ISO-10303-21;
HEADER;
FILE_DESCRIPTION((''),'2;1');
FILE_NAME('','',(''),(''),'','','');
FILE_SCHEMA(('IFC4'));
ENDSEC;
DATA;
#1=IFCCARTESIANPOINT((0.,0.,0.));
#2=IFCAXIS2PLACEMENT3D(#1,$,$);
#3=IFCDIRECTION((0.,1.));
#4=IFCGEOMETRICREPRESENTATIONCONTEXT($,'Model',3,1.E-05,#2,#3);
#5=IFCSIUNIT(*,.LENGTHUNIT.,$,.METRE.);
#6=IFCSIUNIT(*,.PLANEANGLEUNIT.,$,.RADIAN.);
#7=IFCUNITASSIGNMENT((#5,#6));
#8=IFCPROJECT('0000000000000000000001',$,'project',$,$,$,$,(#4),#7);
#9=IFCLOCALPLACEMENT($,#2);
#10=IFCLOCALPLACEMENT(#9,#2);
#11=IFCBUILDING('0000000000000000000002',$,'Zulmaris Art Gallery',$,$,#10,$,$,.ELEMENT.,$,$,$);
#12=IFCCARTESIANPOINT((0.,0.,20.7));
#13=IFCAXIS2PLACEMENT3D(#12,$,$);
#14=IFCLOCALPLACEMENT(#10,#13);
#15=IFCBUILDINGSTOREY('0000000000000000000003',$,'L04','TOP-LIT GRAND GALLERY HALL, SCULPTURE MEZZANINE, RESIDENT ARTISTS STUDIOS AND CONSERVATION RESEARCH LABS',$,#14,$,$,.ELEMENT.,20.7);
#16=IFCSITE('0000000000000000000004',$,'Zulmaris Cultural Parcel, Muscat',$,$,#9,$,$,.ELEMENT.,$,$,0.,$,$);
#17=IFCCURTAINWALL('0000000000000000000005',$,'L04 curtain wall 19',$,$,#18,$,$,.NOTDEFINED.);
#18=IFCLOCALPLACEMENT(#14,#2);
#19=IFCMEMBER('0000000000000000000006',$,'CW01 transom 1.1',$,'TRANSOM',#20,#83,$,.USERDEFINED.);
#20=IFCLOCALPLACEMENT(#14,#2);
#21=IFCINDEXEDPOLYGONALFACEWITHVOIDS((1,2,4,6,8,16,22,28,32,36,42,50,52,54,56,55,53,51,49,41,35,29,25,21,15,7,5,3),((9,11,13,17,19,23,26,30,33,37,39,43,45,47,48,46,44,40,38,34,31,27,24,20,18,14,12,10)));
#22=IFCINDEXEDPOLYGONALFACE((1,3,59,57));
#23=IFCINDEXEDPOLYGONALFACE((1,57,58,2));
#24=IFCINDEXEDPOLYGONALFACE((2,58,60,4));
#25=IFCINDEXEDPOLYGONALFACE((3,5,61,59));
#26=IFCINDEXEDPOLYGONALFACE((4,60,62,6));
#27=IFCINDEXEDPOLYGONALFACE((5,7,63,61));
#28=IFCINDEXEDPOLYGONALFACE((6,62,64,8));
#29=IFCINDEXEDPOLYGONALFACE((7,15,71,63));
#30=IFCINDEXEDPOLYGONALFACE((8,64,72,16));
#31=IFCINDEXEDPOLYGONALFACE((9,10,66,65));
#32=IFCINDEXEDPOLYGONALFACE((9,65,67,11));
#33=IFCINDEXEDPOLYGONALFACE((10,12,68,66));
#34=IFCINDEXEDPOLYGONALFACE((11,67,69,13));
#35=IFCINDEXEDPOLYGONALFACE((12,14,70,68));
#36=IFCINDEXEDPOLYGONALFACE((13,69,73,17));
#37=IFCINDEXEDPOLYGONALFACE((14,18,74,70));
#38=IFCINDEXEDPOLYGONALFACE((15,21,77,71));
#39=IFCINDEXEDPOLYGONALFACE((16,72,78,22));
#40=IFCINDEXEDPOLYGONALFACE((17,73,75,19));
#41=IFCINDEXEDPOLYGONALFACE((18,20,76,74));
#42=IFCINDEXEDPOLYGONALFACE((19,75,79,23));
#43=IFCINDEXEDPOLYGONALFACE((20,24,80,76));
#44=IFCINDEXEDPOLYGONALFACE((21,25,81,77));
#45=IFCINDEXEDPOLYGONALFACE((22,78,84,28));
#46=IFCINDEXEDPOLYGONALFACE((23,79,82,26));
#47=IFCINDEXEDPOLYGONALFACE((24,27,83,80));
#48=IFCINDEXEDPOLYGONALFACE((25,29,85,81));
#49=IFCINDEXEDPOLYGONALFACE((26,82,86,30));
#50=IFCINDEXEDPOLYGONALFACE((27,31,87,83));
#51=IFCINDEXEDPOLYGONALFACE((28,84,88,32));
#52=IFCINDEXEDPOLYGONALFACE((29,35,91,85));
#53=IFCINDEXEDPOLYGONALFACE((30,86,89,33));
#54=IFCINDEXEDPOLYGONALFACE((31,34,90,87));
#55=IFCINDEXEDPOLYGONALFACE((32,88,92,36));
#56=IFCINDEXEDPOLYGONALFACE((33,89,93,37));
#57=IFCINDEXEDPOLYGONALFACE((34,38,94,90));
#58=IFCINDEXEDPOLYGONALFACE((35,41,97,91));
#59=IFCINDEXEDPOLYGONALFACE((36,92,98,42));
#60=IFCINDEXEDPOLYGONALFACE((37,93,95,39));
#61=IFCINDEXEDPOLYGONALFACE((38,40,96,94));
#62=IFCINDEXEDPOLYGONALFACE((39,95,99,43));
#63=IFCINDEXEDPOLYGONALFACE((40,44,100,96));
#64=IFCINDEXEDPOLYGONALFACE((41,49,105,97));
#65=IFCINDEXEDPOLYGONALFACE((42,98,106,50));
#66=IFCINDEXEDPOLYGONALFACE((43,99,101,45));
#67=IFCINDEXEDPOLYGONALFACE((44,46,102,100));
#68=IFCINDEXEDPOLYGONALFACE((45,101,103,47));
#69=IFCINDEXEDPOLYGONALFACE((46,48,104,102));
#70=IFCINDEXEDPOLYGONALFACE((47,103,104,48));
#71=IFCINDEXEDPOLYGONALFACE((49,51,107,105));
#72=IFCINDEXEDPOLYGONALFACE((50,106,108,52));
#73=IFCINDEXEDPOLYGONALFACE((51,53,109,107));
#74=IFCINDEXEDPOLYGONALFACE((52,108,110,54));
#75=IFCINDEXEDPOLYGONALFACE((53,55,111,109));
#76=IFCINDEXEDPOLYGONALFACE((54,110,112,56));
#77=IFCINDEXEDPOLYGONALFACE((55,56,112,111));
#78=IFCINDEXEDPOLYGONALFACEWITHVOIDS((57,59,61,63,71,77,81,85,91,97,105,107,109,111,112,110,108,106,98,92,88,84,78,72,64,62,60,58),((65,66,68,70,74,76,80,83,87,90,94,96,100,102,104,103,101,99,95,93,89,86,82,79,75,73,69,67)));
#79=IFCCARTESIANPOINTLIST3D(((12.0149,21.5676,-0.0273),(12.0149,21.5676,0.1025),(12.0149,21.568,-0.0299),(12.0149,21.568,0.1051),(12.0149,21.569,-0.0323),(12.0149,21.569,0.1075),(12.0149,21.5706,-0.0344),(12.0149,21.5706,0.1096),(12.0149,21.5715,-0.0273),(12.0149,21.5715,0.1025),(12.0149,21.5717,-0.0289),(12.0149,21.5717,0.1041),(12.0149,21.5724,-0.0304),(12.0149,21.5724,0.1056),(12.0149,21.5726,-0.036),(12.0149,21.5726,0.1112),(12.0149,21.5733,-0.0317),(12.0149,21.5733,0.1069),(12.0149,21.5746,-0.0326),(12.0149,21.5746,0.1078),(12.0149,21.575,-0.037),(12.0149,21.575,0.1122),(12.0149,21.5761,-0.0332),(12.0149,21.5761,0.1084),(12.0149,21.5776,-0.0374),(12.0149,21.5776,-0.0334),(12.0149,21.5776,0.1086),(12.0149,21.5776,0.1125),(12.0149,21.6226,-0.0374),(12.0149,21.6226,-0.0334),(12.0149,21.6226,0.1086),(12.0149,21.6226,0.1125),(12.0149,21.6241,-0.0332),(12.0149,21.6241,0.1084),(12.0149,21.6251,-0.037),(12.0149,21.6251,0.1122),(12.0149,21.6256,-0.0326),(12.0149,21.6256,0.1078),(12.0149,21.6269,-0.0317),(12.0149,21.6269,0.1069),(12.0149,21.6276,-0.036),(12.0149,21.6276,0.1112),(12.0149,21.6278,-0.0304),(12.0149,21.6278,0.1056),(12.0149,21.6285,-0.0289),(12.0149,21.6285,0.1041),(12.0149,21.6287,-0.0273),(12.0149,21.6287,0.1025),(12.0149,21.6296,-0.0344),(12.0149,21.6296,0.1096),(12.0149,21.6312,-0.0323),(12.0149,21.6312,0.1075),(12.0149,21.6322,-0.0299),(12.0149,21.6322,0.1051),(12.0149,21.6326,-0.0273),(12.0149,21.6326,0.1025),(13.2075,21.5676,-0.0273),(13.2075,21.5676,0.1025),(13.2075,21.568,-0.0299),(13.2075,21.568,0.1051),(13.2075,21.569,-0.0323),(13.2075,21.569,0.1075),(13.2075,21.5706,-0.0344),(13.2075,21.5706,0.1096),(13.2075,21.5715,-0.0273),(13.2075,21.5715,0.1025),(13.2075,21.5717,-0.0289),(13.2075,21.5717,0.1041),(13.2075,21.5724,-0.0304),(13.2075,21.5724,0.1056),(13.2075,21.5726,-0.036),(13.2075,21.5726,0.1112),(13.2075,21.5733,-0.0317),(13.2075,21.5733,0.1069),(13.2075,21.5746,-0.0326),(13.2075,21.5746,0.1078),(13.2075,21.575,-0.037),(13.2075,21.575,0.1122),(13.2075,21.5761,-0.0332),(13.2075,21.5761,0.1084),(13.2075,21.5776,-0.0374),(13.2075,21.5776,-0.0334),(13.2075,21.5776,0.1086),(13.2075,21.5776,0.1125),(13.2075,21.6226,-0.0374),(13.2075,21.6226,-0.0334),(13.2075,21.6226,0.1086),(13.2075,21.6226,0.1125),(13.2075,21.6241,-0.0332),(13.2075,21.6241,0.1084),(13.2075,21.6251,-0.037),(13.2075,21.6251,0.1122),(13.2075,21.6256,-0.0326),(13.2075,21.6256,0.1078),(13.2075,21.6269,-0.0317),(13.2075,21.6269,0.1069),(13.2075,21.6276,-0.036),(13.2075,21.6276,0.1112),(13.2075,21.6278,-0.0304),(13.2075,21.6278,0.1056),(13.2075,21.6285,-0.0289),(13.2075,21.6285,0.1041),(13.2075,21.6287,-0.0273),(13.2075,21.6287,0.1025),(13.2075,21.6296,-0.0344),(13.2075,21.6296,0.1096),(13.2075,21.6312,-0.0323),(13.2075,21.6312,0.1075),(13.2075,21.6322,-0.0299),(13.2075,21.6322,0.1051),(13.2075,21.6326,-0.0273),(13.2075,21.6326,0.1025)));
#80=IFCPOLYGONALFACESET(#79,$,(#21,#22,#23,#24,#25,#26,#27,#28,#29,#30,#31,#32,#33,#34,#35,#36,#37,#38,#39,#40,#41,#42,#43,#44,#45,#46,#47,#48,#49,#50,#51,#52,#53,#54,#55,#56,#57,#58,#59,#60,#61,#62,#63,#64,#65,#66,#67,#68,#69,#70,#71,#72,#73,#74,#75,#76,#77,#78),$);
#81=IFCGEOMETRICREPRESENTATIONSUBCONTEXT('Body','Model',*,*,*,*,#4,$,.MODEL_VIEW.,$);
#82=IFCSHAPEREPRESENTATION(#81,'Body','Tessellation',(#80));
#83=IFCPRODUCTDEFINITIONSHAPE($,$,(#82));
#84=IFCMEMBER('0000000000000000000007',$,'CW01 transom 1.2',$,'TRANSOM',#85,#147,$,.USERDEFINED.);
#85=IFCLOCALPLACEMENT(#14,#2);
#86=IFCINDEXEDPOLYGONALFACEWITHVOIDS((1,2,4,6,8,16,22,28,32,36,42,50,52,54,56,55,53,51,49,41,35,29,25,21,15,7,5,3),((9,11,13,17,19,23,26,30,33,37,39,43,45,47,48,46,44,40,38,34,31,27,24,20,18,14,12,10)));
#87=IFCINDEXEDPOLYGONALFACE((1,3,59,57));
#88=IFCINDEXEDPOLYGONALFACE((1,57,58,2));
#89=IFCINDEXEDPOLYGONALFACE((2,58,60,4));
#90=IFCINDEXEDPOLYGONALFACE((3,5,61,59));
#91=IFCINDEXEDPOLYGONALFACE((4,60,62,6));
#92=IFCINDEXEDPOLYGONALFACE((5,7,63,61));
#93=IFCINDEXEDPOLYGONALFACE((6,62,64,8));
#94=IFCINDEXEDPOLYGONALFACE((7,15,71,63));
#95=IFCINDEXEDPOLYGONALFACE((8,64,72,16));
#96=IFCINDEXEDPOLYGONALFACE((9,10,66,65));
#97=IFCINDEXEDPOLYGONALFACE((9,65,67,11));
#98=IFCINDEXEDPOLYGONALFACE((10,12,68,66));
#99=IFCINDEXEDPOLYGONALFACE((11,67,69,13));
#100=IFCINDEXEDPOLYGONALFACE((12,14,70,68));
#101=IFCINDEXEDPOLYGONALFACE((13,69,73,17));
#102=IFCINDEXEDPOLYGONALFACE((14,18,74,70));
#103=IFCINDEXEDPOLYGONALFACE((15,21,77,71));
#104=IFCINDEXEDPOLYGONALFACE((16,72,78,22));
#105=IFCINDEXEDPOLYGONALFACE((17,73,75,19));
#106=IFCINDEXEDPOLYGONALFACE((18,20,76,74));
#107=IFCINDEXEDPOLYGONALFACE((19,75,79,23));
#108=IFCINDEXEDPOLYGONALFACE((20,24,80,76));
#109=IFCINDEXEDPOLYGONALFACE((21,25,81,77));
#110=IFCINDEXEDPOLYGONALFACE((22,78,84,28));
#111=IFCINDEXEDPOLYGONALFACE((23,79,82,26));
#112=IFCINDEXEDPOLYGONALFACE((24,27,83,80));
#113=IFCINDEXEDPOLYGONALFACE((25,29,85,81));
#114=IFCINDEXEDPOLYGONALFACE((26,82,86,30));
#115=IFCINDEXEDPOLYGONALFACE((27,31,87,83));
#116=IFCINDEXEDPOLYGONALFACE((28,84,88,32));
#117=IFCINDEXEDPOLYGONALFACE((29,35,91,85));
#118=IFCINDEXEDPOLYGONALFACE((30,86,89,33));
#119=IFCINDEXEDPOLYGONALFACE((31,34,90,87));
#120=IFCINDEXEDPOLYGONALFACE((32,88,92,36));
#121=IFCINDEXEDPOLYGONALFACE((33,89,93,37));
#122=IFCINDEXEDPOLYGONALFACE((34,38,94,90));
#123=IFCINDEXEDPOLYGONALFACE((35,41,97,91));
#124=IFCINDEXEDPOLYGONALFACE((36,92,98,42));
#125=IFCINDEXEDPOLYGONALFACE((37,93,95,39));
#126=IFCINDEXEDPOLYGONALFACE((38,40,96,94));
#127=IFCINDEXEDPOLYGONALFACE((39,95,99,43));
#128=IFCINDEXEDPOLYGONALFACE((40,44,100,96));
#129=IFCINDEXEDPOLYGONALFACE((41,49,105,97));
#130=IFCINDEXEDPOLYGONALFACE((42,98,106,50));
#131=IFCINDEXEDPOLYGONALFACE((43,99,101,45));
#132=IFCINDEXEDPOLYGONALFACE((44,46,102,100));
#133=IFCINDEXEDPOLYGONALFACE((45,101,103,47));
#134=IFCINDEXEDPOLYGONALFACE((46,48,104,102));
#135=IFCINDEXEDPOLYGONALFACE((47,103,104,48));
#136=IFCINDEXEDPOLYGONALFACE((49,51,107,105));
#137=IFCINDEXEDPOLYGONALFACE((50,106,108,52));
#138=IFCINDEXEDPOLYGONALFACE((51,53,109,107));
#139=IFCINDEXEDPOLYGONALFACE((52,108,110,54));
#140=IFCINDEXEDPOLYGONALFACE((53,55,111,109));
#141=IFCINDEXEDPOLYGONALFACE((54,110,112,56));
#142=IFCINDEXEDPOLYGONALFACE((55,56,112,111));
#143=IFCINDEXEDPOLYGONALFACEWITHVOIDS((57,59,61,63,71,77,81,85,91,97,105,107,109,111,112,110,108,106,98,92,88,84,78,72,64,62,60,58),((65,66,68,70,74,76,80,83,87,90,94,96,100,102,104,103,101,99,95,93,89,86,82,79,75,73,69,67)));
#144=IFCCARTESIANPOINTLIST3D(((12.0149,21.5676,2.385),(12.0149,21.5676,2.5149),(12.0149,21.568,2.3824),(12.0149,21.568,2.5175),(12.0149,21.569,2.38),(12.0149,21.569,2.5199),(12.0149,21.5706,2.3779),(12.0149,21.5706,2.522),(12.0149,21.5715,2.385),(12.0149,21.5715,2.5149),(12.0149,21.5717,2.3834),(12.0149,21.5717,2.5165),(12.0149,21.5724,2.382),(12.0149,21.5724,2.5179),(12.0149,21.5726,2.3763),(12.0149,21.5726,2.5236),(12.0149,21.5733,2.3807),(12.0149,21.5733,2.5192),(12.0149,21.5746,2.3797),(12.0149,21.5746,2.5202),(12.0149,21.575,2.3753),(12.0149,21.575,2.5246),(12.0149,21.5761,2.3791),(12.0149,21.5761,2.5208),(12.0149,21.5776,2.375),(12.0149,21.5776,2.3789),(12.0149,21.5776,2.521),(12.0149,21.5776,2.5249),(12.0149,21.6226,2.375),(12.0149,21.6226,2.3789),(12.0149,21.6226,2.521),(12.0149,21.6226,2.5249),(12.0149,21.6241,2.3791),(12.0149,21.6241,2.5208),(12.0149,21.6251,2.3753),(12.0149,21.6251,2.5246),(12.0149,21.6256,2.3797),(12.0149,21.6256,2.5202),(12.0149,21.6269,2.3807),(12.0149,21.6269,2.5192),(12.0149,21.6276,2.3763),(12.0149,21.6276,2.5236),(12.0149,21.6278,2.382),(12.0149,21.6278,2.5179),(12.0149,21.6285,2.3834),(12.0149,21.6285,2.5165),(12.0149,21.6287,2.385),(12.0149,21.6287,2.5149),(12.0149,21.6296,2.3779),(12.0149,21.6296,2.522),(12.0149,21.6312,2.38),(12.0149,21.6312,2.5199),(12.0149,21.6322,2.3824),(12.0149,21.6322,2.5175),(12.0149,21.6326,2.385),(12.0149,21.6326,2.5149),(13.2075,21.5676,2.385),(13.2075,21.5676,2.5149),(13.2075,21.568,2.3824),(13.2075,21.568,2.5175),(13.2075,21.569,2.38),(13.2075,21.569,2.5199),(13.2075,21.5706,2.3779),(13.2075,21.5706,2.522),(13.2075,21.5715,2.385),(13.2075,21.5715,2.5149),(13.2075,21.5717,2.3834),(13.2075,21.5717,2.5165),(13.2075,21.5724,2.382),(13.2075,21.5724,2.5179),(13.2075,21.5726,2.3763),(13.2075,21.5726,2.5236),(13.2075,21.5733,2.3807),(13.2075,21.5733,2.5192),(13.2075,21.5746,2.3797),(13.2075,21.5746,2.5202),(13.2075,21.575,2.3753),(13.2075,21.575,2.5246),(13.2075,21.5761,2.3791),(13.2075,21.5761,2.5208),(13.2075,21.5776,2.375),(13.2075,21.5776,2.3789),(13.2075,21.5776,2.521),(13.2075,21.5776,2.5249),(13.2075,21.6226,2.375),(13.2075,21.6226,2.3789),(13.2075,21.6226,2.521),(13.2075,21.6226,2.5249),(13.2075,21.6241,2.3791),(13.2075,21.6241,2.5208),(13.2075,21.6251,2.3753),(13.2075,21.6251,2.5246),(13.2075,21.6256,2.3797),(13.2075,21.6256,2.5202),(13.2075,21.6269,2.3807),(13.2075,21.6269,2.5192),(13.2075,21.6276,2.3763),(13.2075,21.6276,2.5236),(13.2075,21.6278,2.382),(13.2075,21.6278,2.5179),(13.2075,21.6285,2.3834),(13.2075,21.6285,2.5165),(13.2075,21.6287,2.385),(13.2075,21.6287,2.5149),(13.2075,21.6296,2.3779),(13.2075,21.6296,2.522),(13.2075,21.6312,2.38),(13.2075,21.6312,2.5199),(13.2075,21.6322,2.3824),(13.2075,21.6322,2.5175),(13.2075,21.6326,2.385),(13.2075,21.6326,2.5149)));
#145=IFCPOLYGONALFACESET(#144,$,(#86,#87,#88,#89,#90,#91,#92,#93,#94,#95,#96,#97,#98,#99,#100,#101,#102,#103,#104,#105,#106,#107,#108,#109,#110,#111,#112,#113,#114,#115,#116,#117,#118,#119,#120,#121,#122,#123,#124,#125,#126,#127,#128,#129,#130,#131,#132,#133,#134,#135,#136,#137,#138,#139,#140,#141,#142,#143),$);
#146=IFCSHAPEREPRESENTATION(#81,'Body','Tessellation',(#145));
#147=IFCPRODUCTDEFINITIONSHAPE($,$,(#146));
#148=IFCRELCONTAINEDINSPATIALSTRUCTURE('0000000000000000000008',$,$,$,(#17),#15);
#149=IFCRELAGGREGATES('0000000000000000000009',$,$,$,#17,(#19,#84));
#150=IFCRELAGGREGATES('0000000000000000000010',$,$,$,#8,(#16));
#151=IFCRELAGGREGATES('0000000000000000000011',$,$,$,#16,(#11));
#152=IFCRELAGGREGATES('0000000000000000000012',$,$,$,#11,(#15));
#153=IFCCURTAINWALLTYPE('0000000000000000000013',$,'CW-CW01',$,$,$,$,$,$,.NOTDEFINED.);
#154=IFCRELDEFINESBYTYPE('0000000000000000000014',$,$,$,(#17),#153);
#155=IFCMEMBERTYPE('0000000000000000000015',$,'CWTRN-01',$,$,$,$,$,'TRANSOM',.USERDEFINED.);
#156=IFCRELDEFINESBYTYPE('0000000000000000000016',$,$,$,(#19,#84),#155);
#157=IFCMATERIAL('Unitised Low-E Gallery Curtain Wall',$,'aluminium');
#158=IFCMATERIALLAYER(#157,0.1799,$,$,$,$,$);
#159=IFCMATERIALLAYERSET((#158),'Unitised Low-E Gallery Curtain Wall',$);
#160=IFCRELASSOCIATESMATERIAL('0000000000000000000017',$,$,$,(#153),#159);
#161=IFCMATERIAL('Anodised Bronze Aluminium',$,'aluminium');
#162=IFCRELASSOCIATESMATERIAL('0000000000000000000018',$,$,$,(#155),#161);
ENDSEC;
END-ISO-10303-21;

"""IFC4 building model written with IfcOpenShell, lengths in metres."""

from ifc_helpers import new_model, si_unit, direction, frame, origin, origin_2d, place, context, subcontext, project, spatial, hollow_rectangle, extrude, material, layer, layer_set, material_profile, profile_set, type_object, element, aggregate, save


model = new_model("IFC4")

# Units and contexts
model_context = context("Model", 3, precision=1e-05, world=origin(), true_north=direction((0.0, 1.0)))
body_context = subcontext(model_context, "Body", "Model", "MODEL_VIEW")
ifc_project = project(units=[si_unit("LENGTHUNIT", "METRE"), si_unit("PLANEANGLEUNIT", "RADIAN")], contexts=[model_context])

# Site, building, storey
site_placement = place(None, origin())
site = spatial("IfcSite", under=ifc_project, at=site_placement, Name="Zulmaris Cultural Parcel, Muscat", CompositionType="ELEMENT", RefElevation=0.0)
building_placement = place(site_placement, origin())
building = spatial("IfcBuilding", under=site, at=building_placement, Name="Zulmaris Art Gallery", CompositionType="ELEMENT")
storey_placement = place(building_placement, frame((0.0, 0.0, 20.7)))
storey = spatial("IfcBuildingStorey", under=building, at=storey_placement, Name="L04", Description="TOP-LIT GRAND GALLERY HALL, SCULPTURE MEZZANINE, RESIDENT ARTISTS STUDIOS AND CONSERVATION RESEARCH LABS", CompositionType="ELEMENT", Elevation=20.7)

# Curtain wall, members
ifc_material_1 = material(Name="Unitised Low-E Gallery Curtain Wall", Category="aluminium")
ifc_layer_1 = layer(ifc_material_1, 0.1799)
ifc_layer_set_1 = layer_set([ifc_layer_1], Name="Unitised Low-E Gallery Curtain Wall")
curtain_wall_type = type_object("IfcCurtainWallType", Name="CW-CW01", PredefinedType="NOTDEFINED", material=ifc_layer_set_1)
curtain_wall_placement = place(storey_placement, origin())
curtain_wall = element("IfcCurtainWall", 1, at=curtain_wall_placement, inside=storey, type_object=curtain_wall_type, Name="L04 curtain wall 19", PredefinedType="NOTDEFINED")
ifc_material_2 = material(Name="Anodised Bronze Aluminium", Category="aluminium")
ifc_material_profile_1 = material_profile(ifc_material_2, hollow_rectangle(XDim=0.0649, YDim=0.1499, WallThickness=0.0039, InnerFilletRadius=0.0061, OuterFilletRadius=0.01, at=origin_2d()), Name="ALU 65x150x4")
ifc_profile_set_1 = profile_set([ifc_material_profile_1], Name="Anodised Bronze Aluminium")
member_type_1 = type_object("IfcMemberType", Name="CWTRN-01", ElementType="TRANSOM", PredefinedType="USERDEFINED", material=ifc_profile_set_1)
member_1_placement = place(storey_placement, frame((12.0149, 21.6001, 0.0376), z_axis=(1.0, 0.0, 0.0), x_axis=(0.0, 1.0, 0.0)))
member_1 = element("IfcMember", 2, at=member_1_placement, type_object=member_type_1, Name="CW01 transom 1.1", ObjectType="TRANSOM", PredefinedType="USERDEFINED", context=body_context, shape_type="SweptSolid", body=[
    extrude(hollow_rectangle(XDim=0.0649, YDim=0.1499, WallThickness=0.0039, InnerFilletRadius=0.0061, OuterFilletRadius=0.01, at=origin_2d()), origin(), (0.0, 0.0, 1.0), 1.1926),
])
member_2_placement = place(storey_placement, frame((12.0149, 21.6001, 2.45), z_axis=(1.0, 0.0, 0.0), x_axis=(0.0, 1.0, 0.0)))
member_2 = element("IfcMember", 3, at=member_2_placement, type_object=member_type_1, Name="CW01 transom 1.2", ObjectType="TRANSOM", PredefinedType="USERDEFINED", context=body_context, shape_type="SweptSolid", body=[
    extrude(hollow_rectangle(XDim=0.0649, YDim=0.1499, WallThickness=0.0039, InnerFilletRadius=0.0061, OuterFilletRadius=0.01, at=origin_2d()), origin(), (0.0, 0.0, 1.0), 1.1926),
])

aggregate(curtain_wall, [member_1, member_2])

save(model, "model.ifc")
